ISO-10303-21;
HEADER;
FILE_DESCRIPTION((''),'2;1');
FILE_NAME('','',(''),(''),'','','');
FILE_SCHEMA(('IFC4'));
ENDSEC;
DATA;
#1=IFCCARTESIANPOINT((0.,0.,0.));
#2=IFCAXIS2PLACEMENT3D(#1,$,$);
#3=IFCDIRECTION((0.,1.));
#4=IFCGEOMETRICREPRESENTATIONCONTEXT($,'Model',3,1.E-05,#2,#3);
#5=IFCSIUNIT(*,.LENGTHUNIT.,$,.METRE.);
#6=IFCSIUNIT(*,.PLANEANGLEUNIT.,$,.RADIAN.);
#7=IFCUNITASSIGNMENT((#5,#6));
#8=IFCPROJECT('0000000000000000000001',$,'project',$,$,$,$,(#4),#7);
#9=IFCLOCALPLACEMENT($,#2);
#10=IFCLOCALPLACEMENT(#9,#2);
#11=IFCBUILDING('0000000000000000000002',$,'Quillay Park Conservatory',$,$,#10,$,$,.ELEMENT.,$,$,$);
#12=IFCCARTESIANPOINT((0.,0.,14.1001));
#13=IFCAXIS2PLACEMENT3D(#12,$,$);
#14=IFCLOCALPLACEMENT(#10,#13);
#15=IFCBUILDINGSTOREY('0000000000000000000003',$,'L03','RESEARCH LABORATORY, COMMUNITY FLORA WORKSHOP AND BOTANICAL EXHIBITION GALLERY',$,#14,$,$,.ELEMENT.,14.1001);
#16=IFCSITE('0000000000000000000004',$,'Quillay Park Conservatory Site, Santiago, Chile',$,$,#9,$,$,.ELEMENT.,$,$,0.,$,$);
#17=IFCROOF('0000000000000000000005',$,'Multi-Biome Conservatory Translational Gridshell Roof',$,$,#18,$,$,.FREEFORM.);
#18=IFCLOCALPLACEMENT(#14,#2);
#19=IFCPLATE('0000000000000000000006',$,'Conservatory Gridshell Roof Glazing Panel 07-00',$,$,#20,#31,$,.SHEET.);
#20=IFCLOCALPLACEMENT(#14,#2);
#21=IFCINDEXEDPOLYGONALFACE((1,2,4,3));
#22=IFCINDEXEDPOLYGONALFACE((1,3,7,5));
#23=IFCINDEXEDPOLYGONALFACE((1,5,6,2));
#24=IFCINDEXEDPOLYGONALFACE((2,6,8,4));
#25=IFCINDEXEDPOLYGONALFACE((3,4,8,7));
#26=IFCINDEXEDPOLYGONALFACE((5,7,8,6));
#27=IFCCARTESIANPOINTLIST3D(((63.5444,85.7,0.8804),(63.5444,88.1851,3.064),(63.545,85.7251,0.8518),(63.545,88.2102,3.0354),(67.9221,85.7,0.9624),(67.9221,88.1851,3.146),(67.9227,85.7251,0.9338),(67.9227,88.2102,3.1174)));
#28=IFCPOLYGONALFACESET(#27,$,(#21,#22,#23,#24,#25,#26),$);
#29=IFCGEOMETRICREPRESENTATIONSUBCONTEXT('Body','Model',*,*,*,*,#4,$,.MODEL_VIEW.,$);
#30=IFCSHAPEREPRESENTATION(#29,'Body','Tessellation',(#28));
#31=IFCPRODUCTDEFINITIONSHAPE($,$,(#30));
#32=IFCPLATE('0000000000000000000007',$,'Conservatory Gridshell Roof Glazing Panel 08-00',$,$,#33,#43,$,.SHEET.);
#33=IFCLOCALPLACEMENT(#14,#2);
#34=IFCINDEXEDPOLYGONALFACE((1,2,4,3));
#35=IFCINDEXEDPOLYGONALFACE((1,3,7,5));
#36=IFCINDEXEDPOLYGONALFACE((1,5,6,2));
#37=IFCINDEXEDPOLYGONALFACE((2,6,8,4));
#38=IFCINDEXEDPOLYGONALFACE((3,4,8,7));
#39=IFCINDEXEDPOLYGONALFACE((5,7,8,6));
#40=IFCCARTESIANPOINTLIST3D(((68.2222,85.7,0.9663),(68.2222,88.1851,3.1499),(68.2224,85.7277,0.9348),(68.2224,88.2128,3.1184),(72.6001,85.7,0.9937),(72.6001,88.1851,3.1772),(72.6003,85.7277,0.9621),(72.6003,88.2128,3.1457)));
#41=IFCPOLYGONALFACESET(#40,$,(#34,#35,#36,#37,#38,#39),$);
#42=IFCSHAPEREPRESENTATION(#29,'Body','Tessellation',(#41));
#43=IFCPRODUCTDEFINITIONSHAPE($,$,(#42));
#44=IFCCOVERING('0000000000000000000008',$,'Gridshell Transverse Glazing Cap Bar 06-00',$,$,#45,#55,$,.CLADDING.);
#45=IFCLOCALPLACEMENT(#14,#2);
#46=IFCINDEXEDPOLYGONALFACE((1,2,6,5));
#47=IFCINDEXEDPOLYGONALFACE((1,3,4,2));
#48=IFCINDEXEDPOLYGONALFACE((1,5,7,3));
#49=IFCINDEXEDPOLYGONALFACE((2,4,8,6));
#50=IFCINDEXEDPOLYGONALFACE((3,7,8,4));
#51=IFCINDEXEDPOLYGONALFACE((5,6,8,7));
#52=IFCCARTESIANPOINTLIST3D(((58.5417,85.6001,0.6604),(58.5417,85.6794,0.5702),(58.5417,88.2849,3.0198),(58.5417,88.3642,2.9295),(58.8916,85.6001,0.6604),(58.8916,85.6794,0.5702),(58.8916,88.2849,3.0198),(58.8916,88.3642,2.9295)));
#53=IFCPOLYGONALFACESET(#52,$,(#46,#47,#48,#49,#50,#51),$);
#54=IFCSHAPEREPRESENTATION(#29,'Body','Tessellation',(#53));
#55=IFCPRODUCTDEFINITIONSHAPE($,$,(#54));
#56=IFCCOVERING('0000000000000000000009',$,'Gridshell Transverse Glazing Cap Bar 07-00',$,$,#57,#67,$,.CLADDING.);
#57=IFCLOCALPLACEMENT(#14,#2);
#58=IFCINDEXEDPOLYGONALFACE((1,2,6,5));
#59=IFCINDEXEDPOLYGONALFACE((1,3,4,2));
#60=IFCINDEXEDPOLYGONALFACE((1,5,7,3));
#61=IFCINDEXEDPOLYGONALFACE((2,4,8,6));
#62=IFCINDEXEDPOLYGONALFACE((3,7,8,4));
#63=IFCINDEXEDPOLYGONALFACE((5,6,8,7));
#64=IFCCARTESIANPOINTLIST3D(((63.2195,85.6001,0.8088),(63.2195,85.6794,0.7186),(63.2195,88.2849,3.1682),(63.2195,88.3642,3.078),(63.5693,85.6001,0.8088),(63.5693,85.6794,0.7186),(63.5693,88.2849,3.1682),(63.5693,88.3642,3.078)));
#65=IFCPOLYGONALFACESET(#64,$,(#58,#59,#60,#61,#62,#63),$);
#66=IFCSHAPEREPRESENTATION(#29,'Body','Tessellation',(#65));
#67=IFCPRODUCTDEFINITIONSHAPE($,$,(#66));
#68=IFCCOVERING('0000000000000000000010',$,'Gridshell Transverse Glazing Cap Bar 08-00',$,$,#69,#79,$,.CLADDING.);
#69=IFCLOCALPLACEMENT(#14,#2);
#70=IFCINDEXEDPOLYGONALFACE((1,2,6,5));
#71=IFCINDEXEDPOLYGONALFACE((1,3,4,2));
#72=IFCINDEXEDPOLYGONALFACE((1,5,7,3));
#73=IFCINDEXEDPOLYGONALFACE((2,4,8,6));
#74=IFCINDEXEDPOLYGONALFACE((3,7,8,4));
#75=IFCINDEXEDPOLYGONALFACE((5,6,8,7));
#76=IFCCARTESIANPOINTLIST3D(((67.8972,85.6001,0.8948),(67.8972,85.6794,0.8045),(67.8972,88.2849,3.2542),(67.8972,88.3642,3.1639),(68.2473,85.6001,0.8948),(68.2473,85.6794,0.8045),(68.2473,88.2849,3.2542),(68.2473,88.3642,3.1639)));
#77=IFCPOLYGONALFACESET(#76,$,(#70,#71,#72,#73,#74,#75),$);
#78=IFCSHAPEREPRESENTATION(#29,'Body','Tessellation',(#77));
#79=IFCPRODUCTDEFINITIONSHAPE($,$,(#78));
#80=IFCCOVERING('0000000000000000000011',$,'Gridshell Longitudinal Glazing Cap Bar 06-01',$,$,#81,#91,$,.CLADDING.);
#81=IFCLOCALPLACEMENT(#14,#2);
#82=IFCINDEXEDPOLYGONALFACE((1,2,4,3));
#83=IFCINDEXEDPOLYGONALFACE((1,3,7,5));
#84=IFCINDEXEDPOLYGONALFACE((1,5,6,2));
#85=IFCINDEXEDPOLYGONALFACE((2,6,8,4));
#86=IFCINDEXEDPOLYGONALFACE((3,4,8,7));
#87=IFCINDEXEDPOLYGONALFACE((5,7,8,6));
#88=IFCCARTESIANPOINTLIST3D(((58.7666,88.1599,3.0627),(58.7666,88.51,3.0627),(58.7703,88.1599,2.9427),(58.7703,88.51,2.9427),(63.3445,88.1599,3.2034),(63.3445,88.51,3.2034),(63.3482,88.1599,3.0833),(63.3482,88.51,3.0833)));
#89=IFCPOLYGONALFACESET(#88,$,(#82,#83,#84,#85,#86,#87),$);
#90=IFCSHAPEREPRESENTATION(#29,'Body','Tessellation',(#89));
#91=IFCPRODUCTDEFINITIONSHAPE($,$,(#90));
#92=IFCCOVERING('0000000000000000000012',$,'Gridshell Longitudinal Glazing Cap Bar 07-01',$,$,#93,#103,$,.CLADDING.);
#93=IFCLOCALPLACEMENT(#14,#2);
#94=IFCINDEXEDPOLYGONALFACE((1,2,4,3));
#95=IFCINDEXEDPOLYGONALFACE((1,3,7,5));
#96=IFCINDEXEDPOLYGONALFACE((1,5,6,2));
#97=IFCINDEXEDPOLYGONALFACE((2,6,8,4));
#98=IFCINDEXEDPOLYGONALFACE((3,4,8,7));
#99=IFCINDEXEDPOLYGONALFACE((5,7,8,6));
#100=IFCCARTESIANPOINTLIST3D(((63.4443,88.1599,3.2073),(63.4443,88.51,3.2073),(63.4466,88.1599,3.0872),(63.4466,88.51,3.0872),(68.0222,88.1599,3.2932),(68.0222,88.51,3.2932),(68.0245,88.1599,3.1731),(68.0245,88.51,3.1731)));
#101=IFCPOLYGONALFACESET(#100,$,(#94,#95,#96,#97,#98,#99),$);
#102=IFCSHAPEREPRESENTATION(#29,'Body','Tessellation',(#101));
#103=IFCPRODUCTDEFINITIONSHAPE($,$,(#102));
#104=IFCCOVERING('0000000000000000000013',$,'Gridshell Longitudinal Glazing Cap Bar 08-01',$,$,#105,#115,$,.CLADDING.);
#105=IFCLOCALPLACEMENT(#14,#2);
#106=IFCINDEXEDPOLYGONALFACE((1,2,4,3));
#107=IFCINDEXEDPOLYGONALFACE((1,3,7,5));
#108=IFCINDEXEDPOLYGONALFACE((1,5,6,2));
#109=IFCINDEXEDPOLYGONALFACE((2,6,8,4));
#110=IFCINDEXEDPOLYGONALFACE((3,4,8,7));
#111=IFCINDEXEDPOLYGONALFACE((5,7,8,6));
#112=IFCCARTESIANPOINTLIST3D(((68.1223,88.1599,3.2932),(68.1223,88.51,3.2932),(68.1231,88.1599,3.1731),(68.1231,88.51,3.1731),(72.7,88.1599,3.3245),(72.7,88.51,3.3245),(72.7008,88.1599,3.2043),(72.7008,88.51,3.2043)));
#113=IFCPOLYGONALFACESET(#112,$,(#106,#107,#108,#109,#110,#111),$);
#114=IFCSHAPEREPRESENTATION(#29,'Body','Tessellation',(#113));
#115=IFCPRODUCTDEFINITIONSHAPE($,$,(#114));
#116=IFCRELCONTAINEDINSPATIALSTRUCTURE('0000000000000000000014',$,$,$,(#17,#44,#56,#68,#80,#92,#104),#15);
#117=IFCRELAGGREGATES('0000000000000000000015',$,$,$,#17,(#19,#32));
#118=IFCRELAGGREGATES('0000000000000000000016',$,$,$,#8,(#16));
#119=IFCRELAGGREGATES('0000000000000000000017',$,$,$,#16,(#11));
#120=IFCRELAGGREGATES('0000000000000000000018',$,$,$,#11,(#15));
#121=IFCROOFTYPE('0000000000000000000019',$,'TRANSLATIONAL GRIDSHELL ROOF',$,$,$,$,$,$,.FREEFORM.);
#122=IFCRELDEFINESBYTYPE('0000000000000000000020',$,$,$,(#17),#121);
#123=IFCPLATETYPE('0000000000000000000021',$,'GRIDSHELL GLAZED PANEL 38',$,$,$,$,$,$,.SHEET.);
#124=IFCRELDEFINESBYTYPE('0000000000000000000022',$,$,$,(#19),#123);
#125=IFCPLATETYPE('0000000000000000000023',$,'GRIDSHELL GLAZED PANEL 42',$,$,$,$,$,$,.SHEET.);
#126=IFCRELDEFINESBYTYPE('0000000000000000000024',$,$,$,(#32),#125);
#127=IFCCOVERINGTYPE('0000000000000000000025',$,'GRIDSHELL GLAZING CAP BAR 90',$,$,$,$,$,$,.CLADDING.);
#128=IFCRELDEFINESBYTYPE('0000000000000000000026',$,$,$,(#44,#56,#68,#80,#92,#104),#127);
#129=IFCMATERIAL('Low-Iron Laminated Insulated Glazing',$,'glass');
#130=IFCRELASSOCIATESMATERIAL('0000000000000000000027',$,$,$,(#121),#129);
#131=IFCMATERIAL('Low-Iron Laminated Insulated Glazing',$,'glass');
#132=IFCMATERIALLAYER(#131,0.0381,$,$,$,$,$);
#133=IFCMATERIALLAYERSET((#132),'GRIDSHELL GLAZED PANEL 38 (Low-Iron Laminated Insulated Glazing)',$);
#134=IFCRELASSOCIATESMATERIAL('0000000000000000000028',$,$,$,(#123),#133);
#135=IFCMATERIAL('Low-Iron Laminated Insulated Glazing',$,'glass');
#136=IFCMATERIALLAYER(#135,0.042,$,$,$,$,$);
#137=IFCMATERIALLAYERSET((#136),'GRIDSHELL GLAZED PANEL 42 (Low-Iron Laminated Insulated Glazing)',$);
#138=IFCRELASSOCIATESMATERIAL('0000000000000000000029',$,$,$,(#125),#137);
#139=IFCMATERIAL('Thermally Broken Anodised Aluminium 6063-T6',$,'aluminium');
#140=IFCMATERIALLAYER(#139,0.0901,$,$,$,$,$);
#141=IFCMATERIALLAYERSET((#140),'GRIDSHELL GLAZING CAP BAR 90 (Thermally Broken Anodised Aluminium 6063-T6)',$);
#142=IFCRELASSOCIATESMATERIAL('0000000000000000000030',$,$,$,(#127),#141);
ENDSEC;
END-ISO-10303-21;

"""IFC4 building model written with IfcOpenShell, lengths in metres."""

from ifc_helpers import new_model, si_unit, direction, frame, origin, place, context, subcontext, project, spatial, polyline, outline, extrude, material, layer, layer_set, type_object, element, aggregate, save


model = new_model("IFC4")

# Units and contexts
model_context = context("Model", 3, precision=1e-05, world=origin(), true_north=direction((0.0, 1.0)))
body_context = subcontext(model_context, "Body", "Model", "MODEL_VIEW")
ifc_project = project(units=[si_unit("LENGTHUNIT", "METRE"), si_unit("PLANEANGLEUNIT", "RADIAN")], contexts=[model_context])

# Site, building, storey
site_placement = place(None, origin())
site = spatial("IfcSite", under=ifc_project, at=site_placement, Name="Quillay Park Conservatory Site, Santiago, Chile", CompositionType="ELEMENT", RefElevation=0.0)
building_placement = place(site_placement, origin())
building = spatial("IfcBuilding", under=site, at=building_placement, Name="Quillay Park Conservatory", CompositionType="ELEMENT")
storey_placement = place(building_placement, frame((0.0, 0.0, 14.1001)))
storey = spatial("IfcBuildingStorey", under=building, at=storey_placement, Name="L03", Description="RESEARCH LABORATORY, COMMUNITY FLORA WORKSHOP AND BOTANICAL EXHIBITION GALLERY", CompositionType="ELEMENT", Elevation=14.1001)

# Roof, plates
ifc_material_1 = material(Name="Low-Iron Laminated Insulated Glazing", Category="glass")
roof_type = type_object("IfcRoofType", Name="TRANSLATIONAL GRIDSHELL ROOF", PredefinedType="FREEFORM", material=ifc_material_1)
roof_placement = place(storey_placement, origin())
roof = element("IfcRoof", 1, at=roof_placement, inside=storey, type_object=roof_type, Name="Multi-Biome Conservatory Translational Gridshell Roof", PredefinedType="FREEFORM")
ifc_material_2 = material(Name="Low-Iron Laminated Insulated Glazing", Category="glass")
ifc_layer_1 = layer(ifc_material_2, 0.0381)
ifc_layer_set_1 = layer_set([ifc_layer_1], Name="GRIDSHELL GLAZED PANEL 38 (Low-Iron Laminated Insulated Glazing)")
plate_type_1 = type_object("IfcPlateType", Name="GRIDSHELL GLAZED PANEL 38", PredefinedType="SHEET", material=ifc_layer_set_1)
plate_1_placement = place(storey_placement, frame((63.5444, 85.7, 0.8804), z_axis=(-0.014075, -0.66, 0.751134), x_axis=(0.999824, 0.0, 0.018735)))
plate_1 = element("IfcPlate", 2, at=plate_1_placement, type_object=plate_type_1, Name="Conservatory Gridshell Roof Glazing Panel 07-00", PredefinedType="SHEET", context=body_context, shape_type="SweptSolid", body=[
    extrude(outline(polyline([(0.0, 0.0), (4.3785, 0.0), (4.4194, 3.3079), (0.0409, 3.3079), (0.0, 0.0)])), origin(), (0.0, 0.0, -1.0), 0.0381),
])
ifc_material_3 = material(Name="Low-Iron Laminated Insulated Glazing", Category="glass")
ifc_layer_2 = layer(ifc_material_3, 0.042)
ifc_layer_set_2 = layer_set([ifc_layer_2], Name="GRIDSHELL GLAZED PANEL 42 (Low-Iron Laminated Insulated Glazing)")
plate_type_2 = type_object("IfcPlateType", Name="GRIDSHELL GLAZED PANEL 42", PredefinedType="SHEET", material=ifc_layer_set_2)
plate_2_placement = place(storey_placement, frame((68.2222, 85.7, 0.9663), z_axis=(-0.004692, -0.660058, 0.7512), x_axis=(0.99998, 0.0, 0.006246)))
plate_2 = element("IfcPlate", 3, at=plate_2_placement, type_object=plate_type_2, Name="Conservatory Gridshell Roof Glazing Panel 08-00", PredefinedType="SHEET", context=body_context, shape_type="SweptSolid", body=[
    extrude(outline(polyline([(0.0, 0.0), (4.378, 0.0), (4.3917, 3.3081), (0.0136, 3.3081), (0.0, 0.0)])), origin(), (0.0, 0.0, -1.0), 0.042),
])
aggregate(roof, [plate_1, plate_2])

# Coverings
ifc_material_4 = material(Name="Thermally Broken Anodised Aluminium 6063-T6", Category="aluminium")
ifc_layer_3 = layer(ifc_material_4, 0.0901)
ifc_layer_set_3 = layer_set([ifc_layer_3], Name="GRIDSHELL GLAZING CAP BAR 90 (Thermally Broken Anodised Aluminium 6063-T6)")
covering_type = type_object("IfcCoveringType", Name="GRIDSHELL GLAZING CAP BAR 90", PredefinedType="CLADDING", material=ifc_layer_set_3)
for number, where, z_axis, x_axis, name in (
    (4, (58.5417, 85.6001, 0.6604), (0.0, -0.660113, 0.751166), (1.0, 0.0, 0.0), "Gridshell Transverse Glazing Cap Bar 06-00"),
    (5, (63.2195, 85.6001, 0.8088), (0.0, -0.660113, 0.751166), (1.0, 0.0, 0.0), "Gridshell Transverse Glazing Cap Bar 07-00"),
):
    element("IfcCovering", number, at=place(storey_placement, frame(where, z_axis=z_axis, x_axis=x_axis)), inside=storey, type_object=covering_type, Name=name, PredefinedType="CLADDING", context=body_context, shape_type="SweptSolid", body=[
        extrude(outline(polyline([(0.0, 0.0), (0.3499, 0.0), (0.3499, 3.5742), (0.0, 3.5742), (0.0, 0.0)])), origin(), (0.0, 0.0, -1.0), 0.1201),
    ])
covering_1_placement = place(storey_placement, frame((67.8972, 85.6001, 0.8948), z_axis=(0.0, -0.660113, 0.751166), x_axis=(1.0, 0.0, 0.0)))
element("IfcCovering", 6, at=covering_1_placement, inside=storey, type_object=covering_type, Name="Gridshell Transverse Glazing Cap Bar 08-00", PredefinedType="CLADDING", context=body_context, shape_type="SweptSolid", body=[
    extrude(outline(polyline([(0.0, 0.0), (0.3501, 0.0), (0.3501, 3.5742), (0.0, 3.5742), (0.0, 0.0)])), origin(), (0.0, 0.0, -1.0), 0.1201),
])
covering_2_placement = place(storey_placement, frame((58.7666, 88.1599, 3.0627), z_axis=(-0.030704, 0.0, 0.999529), x_axis=(0.999529, 0.0, 0.030704)))
element("IfcCovering", 7, at=covering_2_placement, inside=storey, type_object=covering_type, Name="Gridshell Longitudinal Glazing Cap Bar 06-01", PredefinedType="CLADDING", context=body_context, shape_type="SweptSolid", body=[
    extrude(outline(polyline([(0.0, 0.0), (4.58, 0.0), (4.58, 0.3501), (0.0, 0.3501), (0.0, 0.0)])), origin(), (0.0, 0.0, -1.0), 0.1201),
])
covering_3_placement = place(storey_placement, frame((63.4443, 88.1599, 3.2073), z_axis=(-0.018769, 0.0, 0.999824), x_axis=(0.999824, 0.0, 0.018769)))
element("IfcCovering", 8, at=covering_3_placement, inside=storey, type_object=covering_type, Name="Gridshell Longitudinal Glazing Cap Bar 07-01", PredefinedType="CLADDING", context=body_context, shape_type="SweptSolid", body=[
    extrude(outline(polyline([(0.0, 0.0), (4.5787, 0.0), (4.5787, 0.3501), (0.0, 0.3501), (0.0, 0.0)])), origin(), (0.0, 0.0, -1.0), 0.1201),
])
covering_4_placement = place(storey_placement, frame((68.1223, 88.1599, 3.2932), z_axis=(-0.006827, 0.0, 0.999977), x_axis=(0.999977, 0.0, 0.006827)))
element("IfcCovering", 9, at=covering_4_placement, inside=storey, type_object=covering_type, Name="Gridshell Longitudinal Glazing Cap Bar 08-01", PredefinedType="CLADDING", context=body_context, shape_type="SweptSolid", body=[
    extrude(outline(polyline([(0.0, 0.0), (4.5777, 0.0), (4.5777, 0.3501), (0.0, 0.3501), (0.0, 0.0)])), origin(), (0.0, 0.0, -1.0), 0.1201),
])

save(model, "model.ifc")
